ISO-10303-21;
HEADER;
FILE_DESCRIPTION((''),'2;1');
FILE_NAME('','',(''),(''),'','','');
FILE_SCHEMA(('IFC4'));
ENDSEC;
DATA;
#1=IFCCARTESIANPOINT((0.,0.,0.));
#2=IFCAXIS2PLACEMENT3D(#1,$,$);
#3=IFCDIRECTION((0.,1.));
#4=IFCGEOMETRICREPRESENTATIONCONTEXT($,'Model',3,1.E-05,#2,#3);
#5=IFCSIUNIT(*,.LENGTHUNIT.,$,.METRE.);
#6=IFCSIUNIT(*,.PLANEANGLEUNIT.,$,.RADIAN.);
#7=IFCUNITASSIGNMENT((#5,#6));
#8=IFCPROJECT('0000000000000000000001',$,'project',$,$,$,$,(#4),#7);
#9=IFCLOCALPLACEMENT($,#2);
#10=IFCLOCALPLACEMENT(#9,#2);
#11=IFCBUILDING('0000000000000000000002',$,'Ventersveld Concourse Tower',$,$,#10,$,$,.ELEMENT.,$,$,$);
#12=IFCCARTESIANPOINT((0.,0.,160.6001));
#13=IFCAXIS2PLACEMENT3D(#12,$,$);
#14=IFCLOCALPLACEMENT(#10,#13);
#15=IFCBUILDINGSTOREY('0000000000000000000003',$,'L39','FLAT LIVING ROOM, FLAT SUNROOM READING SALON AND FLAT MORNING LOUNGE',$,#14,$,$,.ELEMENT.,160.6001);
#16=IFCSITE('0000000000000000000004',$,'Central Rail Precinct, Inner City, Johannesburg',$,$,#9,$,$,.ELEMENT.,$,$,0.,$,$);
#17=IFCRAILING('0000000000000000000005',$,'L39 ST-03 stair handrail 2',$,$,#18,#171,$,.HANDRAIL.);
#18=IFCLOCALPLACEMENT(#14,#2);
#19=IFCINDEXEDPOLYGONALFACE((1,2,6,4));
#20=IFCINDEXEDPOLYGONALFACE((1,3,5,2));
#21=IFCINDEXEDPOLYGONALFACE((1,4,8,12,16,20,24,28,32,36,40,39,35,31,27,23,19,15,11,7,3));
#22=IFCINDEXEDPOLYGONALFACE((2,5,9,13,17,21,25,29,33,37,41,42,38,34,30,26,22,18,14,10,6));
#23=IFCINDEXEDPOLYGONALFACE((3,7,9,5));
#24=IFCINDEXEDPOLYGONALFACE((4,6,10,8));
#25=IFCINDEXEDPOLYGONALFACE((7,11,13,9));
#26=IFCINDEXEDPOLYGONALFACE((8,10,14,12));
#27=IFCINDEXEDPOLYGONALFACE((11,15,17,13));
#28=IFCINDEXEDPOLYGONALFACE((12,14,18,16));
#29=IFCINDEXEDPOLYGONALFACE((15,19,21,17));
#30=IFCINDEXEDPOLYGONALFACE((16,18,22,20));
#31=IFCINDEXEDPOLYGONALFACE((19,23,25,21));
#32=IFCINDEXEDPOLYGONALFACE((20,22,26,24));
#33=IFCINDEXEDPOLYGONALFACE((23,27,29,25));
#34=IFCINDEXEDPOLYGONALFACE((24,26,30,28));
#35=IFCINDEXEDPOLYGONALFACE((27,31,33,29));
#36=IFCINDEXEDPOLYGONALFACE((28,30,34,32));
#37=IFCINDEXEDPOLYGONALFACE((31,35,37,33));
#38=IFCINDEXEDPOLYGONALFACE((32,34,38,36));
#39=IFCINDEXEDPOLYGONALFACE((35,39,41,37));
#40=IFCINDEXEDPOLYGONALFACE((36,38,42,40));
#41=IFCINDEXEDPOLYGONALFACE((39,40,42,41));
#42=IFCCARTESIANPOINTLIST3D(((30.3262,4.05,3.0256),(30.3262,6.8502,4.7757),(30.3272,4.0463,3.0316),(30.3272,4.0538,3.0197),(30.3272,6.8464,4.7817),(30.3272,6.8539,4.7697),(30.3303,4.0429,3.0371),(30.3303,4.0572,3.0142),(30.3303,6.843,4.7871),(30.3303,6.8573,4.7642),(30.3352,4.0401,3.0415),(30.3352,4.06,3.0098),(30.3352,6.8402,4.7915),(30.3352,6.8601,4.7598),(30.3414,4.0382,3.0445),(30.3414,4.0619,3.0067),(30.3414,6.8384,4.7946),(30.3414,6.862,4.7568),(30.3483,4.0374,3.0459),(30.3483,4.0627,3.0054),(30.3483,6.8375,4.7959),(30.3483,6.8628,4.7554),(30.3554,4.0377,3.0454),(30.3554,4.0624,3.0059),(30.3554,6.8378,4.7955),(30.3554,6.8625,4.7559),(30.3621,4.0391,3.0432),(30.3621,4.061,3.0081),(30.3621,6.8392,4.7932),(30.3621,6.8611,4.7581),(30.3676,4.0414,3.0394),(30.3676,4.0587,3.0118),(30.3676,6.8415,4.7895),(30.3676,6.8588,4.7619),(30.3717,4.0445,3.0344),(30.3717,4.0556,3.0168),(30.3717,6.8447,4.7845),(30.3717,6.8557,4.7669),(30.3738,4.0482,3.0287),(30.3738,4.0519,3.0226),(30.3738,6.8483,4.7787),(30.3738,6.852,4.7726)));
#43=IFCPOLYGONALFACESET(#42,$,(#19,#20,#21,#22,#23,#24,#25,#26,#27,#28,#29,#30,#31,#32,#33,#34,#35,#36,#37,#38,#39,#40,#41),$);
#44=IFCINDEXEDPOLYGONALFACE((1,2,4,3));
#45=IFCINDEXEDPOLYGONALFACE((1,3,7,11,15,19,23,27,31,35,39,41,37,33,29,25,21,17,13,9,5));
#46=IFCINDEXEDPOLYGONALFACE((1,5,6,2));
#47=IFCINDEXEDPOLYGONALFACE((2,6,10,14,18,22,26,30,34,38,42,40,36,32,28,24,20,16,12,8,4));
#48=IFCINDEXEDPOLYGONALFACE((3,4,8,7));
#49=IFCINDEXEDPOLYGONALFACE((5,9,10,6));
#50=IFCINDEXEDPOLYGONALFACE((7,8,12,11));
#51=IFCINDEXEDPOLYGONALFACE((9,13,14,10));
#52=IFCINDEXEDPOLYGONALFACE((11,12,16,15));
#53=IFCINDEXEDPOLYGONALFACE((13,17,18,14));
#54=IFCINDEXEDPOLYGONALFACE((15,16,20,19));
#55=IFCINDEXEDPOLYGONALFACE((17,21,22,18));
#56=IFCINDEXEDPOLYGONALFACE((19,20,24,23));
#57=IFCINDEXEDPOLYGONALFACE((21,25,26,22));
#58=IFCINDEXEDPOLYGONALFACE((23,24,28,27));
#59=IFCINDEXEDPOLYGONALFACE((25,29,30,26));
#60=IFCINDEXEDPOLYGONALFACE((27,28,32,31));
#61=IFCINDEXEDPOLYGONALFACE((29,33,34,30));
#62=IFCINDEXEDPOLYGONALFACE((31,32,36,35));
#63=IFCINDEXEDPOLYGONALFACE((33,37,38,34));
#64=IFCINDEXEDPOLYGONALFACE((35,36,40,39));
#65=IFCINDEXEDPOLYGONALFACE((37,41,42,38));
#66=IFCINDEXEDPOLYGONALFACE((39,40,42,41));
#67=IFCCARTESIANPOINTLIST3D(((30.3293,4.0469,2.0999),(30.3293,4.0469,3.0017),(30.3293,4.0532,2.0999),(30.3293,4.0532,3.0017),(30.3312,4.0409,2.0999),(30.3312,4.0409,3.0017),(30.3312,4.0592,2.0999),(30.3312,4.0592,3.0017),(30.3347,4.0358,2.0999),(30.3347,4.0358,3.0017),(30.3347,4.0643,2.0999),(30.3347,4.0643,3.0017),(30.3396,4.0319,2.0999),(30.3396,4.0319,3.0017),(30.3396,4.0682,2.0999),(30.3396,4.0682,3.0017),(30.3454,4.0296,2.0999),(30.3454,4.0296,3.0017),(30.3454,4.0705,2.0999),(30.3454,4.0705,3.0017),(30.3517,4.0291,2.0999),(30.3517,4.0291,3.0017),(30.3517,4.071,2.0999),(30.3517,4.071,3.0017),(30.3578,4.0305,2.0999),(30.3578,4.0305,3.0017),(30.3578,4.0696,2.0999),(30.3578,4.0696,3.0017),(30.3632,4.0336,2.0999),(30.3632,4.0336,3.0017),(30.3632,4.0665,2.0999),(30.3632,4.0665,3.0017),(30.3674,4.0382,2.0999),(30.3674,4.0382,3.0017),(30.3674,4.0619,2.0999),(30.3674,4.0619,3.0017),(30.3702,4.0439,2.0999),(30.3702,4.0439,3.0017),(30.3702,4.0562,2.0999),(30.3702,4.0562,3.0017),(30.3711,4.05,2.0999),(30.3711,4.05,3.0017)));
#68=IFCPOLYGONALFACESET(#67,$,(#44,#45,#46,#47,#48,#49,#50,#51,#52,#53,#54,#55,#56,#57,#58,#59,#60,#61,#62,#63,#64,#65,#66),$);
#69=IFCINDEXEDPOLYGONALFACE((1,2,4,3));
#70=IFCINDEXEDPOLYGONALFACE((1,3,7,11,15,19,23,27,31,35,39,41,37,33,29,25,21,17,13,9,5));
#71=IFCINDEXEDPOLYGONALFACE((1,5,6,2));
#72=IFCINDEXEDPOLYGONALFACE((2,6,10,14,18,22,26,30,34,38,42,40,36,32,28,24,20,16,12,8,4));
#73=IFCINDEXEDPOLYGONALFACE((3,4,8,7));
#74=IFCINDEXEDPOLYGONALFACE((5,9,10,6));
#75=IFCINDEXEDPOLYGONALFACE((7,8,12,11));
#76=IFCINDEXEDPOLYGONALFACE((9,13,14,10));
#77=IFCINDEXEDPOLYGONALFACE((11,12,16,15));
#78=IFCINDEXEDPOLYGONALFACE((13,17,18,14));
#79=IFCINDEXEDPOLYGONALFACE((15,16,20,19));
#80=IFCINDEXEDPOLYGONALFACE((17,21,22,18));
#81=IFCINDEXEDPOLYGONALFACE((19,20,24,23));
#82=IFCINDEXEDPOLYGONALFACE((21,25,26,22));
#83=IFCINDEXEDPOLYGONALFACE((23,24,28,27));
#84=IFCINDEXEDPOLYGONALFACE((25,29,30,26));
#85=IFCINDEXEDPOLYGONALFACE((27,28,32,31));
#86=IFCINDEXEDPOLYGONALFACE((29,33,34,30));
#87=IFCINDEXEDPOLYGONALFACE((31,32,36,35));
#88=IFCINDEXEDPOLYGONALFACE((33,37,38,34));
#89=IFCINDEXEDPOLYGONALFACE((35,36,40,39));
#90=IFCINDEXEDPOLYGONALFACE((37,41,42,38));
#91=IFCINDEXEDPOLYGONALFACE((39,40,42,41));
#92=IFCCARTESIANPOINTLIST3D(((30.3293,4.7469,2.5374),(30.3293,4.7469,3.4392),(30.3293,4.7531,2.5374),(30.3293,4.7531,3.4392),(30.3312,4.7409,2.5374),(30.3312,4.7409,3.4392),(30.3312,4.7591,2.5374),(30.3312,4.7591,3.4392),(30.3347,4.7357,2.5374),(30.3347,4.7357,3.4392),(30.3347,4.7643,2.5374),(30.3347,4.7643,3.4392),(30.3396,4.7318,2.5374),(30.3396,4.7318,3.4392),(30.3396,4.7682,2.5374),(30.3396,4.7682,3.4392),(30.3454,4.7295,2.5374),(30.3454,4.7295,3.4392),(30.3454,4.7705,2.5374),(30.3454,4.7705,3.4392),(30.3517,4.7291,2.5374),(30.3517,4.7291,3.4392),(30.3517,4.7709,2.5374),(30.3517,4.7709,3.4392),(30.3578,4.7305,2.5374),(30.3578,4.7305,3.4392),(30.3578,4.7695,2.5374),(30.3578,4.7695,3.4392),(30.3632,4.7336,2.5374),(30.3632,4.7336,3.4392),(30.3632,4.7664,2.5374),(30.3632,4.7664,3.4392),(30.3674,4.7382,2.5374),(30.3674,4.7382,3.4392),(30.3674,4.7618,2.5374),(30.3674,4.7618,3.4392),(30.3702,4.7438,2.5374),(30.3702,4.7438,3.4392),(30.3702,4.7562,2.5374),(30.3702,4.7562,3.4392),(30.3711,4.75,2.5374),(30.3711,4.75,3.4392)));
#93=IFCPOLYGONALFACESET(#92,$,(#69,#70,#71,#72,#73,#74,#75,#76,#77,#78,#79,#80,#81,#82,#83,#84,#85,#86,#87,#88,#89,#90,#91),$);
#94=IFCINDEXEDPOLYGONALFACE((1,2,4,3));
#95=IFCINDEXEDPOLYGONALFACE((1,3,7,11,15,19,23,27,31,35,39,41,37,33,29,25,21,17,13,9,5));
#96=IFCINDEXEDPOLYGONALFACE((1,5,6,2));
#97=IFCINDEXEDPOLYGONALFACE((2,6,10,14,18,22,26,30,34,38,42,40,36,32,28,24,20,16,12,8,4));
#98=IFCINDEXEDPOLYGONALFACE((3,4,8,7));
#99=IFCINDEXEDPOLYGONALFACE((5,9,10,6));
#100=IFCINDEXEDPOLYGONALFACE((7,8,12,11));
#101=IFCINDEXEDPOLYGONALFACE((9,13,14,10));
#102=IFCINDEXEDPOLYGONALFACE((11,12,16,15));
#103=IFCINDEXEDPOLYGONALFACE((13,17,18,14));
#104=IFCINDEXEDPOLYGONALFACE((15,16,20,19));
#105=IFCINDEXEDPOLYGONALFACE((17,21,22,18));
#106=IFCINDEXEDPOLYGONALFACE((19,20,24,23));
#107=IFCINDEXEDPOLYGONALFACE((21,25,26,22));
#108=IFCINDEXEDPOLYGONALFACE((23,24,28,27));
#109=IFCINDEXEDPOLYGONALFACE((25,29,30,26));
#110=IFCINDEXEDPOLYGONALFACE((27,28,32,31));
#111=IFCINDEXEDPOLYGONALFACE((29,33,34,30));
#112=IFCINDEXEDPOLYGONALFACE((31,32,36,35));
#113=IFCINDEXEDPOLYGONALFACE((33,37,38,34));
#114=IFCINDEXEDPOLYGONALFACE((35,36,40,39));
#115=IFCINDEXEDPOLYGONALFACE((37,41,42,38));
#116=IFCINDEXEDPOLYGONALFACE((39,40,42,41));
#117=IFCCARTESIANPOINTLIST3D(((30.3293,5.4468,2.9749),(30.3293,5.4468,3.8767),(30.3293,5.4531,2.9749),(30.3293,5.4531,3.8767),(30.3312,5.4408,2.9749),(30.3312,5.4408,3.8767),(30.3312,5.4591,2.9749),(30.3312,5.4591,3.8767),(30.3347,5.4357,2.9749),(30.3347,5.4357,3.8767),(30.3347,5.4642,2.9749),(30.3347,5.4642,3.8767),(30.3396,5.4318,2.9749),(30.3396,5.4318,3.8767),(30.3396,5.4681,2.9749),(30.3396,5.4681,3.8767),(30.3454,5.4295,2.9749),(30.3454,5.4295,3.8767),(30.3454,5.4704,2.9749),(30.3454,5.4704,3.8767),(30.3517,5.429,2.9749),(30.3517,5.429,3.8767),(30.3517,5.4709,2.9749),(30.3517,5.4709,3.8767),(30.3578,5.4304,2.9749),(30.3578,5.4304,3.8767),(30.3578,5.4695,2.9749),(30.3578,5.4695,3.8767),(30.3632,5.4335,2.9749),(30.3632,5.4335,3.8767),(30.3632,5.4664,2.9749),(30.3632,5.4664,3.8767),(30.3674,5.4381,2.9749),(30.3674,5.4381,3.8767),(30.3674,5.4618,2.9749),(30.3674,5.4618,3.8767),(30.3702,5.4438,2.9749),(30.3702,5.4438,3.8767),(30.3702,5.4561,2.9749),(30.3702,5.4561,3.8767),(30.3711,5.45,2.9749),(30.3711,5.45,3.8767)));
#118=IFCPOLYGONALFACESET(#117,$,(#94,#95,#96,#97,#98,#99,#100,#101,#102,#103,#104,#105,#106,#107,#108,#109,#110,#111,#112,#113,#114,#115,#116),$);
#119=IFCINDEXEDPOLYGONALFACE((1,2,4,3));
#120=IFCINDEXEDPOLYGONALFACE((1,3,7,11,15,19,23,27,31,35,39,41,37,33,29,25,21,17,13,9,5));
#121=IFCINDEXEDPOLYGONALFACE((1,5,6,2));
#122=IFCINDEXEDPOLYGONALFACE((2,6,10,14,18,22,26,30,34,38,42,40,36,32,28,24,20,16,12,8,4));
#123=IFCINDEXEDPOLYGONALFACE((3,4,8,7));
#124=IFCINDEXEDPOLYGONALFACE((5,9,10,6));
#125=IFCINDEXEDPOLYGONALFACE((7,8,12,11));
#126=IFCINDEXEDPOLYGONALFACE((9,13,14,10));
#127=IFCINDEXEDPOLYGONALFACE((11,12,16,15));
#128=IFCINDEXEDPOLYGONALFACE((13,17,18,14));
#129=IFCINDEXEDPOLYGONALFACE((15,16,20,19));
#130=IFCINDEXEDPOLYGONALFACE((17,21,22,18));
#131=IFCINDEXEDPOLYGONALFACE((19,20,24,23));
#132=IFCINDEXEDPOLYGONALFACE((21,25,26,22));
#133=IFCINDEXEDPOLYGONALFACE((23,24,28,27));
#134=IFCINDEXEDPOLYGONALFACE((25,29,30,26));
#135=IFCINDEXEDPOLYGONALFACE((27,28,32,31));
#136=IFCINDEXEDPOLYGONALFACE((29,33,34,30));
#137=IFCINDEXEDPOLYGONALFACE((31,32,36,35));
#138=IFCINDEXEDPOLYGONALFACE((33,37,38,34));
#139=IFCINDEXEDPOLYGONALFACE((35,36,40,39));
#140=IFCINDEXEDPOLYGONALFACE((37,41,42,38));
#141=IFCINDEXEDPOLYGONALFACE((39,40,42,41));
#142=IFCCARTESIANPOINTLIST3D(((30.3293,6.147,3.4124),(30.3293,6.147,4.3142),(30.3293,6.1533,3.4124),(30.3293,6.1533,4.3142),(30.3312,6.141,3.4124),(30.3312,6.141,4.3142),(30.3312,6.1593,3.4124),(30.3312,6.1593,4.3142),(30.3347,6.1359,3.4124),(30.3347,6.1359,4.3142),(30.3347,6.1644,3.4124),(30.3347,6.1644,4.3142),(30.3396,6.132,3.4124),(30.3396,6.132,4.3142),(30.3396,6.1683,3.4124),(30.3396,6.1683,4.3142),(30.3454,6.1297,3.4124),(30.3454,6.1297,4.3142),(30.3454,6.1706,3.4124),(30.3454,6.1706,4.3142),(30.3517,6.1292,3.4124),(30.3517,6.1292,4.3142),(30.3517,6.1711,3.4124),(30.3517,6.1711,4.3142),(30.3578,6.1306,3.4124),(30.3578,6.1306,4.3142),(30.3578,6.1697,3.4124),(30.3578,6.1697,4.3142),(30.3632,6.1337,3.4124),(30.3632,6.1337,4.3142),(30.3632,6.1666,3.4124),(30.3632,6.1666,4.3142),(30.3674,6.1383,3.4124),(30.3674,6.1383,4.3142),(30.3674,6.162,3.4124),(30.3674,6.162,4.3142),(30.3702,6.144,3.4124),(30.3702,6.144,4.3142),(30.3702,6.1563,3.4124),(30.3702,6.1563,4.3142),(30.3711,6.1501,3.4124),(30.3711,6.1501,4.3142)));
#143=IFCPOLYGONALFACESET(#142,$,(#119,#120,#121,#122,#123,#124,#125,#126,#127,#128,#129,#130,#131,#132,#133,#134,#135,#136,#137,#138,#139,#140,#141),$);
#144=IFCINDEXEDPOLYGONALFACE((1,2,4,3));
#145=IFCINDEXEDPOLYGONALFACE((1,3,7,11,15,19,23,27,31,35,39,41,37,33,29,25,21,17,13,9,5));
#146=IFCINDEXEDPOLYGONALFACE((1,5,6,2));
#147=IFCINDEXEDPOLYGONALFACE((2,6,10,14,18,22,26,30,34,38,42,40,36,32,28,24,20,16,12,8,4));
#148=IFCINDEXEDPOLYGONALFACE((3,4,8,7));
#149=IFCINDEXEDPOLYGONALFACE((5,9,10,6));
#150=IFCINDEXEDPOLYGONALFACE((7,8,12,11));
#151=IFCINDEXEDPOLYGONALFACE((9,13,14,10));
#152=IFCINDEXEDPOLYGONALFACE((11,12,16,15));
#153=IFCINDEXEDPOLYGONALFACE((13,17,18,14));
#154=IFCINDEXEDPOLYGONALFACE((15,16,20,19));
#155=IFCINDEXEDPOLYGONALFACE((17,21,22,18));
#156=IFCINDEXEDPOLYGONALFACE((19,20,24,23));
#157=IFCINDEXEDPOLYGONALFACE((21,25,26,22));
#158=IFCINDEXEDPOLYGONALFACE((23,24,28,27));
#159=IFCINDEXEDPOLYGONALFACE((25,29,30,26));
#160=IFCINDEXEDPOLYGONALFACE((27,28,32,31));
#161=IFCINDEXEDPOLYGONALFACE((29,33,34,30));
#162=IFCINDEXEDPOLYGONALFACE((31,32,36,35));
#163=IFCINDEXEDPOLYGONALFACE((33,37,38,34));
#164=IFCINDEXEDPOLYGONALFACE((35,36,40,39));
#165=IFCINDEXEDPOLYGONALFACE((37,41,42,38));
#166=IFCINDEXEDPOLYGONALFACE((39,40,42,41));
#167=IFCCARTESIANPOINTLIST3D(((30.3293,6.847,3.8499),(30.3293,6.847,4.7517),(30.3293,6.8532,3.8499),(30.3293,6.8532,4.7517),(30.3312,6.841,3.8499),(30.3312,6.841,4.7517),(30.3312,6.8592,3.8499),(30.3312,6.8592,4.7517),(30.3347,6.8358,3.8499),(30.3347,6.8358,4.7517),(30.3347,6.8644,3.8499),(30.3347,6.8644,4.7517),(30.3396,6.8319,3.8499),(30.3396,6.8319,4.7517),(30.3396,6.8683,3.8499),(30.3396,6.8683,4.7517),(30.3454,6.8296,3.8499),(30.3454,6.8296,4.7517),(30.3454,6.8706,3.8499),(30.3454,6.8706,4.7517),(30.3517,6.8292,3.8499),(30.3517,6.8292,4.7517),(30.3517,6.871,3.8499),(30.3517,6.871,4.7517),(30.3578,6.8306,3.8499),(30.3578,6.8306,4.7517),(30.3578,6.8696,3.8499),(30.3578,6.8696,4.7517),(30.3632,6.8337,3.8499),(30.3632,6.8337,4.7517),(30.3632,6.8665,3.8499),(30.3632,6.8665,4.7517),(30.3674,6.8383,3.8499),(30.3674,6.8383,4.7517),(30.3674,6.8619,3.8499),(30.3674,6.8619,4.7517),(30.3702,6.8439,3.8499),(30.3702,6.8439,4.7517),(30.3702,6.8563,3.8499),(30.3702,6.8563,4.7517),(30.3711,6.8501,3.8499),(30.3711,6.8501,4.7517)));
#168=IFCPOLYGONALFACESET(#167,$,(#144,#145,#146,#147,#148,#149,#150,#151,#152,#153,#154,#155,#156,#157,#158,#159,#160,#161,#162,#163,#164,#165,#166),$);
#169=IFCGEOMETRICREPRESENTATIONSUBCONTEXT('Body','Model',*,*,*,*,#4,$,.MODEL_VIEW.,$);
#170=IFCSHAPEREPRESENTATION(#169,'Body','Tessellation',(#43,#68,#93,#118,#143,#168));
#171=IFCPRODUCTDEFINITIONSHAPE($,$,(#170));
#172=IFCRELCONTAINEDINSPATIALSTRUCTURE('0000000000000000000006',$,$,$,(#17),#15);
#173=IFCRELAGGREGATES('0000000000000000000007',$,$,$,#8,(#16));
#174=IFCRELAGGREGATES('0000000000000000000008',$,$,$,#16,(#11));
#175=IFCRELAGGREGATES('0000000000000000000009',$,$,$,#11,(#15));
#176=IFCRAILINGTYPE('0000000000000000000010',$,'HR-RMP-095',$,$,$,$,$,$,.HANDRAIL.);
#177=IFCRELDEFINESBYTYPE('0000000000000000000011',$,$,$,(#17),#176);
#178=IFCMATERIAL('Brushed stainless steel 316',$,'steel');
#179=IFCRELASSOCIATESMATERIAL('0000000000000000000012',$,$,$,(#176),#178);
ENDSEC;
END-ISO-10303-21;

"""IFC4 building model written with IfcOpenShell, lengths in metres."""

from ifc_helpers import new_model, si_unit, direction, frame, origin, origin_2d, place, context, subcontext, project, spatial, circle, extrude, material, type_object, element, save


model = new_model("IFC4")

# Units and contexts
model_context = context("Model", 3, precision=1e-05, world=origin(), true_north=direction((0.0, 1.0)))
body_context = subcontext(model_context, "Body", "Model", "MODEL_VIEW")
ifc_project = project(units=[si_unit("LENGTHUNIT", "METRE"), si_unit("PLANEANGLEUNIT", "RADIAN")], contexts=[model_context])

# Site, building, storey
site_placement = place(None, origin())
site = spatial("IfcSite", under=ifc_project, at=site_placement, Name="Central Rail Precinct, Inner City, Johannesburg", CompositionType="ELEMENT", RefElevation=0.0)
building_placement = place(site_placement, origin())
building = spatial("IfcBuilding", under=site, at=building_placement, Name="Ventersveld Concourse Tower", CompositionType="ELEMENT")
storey_placement = place(building_placement, frame((0.0, 0.0, 160.6001)))
storey = spatial("IfcBuildingStorey", under=building, at=storey_placement, Name="L39", Description="FLAT LIVING ROOM, FLAT SUNROOM READING SALON AND FLAT MORNING LOUNGE", CompositionType="ELEMENT", Elevation=160.6001)

# Shared definitions
ifc_material_1 = material(Name="Brushed stainless steel 316", Category="steel")

# Railing
railing_type_1 = type_object("IfcRailingType", Name="HR-RMP-095", PredefinedType="HANDRAIL", material=ifc_material_1)
railing_1_placement = place(storey_placement, frame((30.3501, 4.05, 2.0999)))
element("IfcRailing", 1, at=railing_1_placement, inside=storey, type_object=railing_type_1, Name="L39 ST-03 stair handrail 2", PredefinedType="HANDRAIL", context=body_context, shape_type="SweptSolid", body=[
    extrude(circle(Radius=0.0239, at=origin_2d()), frame((0.0, 0.0, 0.9258), z_axis=(0.0, 0.848002, 0.529992), x_axis=(-1.0, 0.0, 0.0)), (0.0, 0.0, 1.0), 3.302),
    extrude(circle(Radius=0.021, at=origin_2d()), origin(), (0.0, 0.0, 1.0), 0.9019),
    extrude(circle(Radius=0.021, at=origin_2d()), frame((0.0, 0.7, 0.4375)), (0.0, 0.0, 1.0), 0.9019),
    extrude(circle(Radius=0.021, at=origin_2d()), frame((0.0, 1.3999, 0.875)), (0.0, 0.0, 1.0), 0.9019),
    extrude(circle(Radius=0.021, at=origin_2d()), frame((0.0, 2.1001, 1.3125)), (0.0, 0.0, 1.0), 0.9019),
    extrude(circle(Radius=0.021, at=origin_2d()), frame((0.0, 2.8, 1.75)), (0.0, 0.0, 1.0), 0.9019),
])

save(model, "model.ifc")
